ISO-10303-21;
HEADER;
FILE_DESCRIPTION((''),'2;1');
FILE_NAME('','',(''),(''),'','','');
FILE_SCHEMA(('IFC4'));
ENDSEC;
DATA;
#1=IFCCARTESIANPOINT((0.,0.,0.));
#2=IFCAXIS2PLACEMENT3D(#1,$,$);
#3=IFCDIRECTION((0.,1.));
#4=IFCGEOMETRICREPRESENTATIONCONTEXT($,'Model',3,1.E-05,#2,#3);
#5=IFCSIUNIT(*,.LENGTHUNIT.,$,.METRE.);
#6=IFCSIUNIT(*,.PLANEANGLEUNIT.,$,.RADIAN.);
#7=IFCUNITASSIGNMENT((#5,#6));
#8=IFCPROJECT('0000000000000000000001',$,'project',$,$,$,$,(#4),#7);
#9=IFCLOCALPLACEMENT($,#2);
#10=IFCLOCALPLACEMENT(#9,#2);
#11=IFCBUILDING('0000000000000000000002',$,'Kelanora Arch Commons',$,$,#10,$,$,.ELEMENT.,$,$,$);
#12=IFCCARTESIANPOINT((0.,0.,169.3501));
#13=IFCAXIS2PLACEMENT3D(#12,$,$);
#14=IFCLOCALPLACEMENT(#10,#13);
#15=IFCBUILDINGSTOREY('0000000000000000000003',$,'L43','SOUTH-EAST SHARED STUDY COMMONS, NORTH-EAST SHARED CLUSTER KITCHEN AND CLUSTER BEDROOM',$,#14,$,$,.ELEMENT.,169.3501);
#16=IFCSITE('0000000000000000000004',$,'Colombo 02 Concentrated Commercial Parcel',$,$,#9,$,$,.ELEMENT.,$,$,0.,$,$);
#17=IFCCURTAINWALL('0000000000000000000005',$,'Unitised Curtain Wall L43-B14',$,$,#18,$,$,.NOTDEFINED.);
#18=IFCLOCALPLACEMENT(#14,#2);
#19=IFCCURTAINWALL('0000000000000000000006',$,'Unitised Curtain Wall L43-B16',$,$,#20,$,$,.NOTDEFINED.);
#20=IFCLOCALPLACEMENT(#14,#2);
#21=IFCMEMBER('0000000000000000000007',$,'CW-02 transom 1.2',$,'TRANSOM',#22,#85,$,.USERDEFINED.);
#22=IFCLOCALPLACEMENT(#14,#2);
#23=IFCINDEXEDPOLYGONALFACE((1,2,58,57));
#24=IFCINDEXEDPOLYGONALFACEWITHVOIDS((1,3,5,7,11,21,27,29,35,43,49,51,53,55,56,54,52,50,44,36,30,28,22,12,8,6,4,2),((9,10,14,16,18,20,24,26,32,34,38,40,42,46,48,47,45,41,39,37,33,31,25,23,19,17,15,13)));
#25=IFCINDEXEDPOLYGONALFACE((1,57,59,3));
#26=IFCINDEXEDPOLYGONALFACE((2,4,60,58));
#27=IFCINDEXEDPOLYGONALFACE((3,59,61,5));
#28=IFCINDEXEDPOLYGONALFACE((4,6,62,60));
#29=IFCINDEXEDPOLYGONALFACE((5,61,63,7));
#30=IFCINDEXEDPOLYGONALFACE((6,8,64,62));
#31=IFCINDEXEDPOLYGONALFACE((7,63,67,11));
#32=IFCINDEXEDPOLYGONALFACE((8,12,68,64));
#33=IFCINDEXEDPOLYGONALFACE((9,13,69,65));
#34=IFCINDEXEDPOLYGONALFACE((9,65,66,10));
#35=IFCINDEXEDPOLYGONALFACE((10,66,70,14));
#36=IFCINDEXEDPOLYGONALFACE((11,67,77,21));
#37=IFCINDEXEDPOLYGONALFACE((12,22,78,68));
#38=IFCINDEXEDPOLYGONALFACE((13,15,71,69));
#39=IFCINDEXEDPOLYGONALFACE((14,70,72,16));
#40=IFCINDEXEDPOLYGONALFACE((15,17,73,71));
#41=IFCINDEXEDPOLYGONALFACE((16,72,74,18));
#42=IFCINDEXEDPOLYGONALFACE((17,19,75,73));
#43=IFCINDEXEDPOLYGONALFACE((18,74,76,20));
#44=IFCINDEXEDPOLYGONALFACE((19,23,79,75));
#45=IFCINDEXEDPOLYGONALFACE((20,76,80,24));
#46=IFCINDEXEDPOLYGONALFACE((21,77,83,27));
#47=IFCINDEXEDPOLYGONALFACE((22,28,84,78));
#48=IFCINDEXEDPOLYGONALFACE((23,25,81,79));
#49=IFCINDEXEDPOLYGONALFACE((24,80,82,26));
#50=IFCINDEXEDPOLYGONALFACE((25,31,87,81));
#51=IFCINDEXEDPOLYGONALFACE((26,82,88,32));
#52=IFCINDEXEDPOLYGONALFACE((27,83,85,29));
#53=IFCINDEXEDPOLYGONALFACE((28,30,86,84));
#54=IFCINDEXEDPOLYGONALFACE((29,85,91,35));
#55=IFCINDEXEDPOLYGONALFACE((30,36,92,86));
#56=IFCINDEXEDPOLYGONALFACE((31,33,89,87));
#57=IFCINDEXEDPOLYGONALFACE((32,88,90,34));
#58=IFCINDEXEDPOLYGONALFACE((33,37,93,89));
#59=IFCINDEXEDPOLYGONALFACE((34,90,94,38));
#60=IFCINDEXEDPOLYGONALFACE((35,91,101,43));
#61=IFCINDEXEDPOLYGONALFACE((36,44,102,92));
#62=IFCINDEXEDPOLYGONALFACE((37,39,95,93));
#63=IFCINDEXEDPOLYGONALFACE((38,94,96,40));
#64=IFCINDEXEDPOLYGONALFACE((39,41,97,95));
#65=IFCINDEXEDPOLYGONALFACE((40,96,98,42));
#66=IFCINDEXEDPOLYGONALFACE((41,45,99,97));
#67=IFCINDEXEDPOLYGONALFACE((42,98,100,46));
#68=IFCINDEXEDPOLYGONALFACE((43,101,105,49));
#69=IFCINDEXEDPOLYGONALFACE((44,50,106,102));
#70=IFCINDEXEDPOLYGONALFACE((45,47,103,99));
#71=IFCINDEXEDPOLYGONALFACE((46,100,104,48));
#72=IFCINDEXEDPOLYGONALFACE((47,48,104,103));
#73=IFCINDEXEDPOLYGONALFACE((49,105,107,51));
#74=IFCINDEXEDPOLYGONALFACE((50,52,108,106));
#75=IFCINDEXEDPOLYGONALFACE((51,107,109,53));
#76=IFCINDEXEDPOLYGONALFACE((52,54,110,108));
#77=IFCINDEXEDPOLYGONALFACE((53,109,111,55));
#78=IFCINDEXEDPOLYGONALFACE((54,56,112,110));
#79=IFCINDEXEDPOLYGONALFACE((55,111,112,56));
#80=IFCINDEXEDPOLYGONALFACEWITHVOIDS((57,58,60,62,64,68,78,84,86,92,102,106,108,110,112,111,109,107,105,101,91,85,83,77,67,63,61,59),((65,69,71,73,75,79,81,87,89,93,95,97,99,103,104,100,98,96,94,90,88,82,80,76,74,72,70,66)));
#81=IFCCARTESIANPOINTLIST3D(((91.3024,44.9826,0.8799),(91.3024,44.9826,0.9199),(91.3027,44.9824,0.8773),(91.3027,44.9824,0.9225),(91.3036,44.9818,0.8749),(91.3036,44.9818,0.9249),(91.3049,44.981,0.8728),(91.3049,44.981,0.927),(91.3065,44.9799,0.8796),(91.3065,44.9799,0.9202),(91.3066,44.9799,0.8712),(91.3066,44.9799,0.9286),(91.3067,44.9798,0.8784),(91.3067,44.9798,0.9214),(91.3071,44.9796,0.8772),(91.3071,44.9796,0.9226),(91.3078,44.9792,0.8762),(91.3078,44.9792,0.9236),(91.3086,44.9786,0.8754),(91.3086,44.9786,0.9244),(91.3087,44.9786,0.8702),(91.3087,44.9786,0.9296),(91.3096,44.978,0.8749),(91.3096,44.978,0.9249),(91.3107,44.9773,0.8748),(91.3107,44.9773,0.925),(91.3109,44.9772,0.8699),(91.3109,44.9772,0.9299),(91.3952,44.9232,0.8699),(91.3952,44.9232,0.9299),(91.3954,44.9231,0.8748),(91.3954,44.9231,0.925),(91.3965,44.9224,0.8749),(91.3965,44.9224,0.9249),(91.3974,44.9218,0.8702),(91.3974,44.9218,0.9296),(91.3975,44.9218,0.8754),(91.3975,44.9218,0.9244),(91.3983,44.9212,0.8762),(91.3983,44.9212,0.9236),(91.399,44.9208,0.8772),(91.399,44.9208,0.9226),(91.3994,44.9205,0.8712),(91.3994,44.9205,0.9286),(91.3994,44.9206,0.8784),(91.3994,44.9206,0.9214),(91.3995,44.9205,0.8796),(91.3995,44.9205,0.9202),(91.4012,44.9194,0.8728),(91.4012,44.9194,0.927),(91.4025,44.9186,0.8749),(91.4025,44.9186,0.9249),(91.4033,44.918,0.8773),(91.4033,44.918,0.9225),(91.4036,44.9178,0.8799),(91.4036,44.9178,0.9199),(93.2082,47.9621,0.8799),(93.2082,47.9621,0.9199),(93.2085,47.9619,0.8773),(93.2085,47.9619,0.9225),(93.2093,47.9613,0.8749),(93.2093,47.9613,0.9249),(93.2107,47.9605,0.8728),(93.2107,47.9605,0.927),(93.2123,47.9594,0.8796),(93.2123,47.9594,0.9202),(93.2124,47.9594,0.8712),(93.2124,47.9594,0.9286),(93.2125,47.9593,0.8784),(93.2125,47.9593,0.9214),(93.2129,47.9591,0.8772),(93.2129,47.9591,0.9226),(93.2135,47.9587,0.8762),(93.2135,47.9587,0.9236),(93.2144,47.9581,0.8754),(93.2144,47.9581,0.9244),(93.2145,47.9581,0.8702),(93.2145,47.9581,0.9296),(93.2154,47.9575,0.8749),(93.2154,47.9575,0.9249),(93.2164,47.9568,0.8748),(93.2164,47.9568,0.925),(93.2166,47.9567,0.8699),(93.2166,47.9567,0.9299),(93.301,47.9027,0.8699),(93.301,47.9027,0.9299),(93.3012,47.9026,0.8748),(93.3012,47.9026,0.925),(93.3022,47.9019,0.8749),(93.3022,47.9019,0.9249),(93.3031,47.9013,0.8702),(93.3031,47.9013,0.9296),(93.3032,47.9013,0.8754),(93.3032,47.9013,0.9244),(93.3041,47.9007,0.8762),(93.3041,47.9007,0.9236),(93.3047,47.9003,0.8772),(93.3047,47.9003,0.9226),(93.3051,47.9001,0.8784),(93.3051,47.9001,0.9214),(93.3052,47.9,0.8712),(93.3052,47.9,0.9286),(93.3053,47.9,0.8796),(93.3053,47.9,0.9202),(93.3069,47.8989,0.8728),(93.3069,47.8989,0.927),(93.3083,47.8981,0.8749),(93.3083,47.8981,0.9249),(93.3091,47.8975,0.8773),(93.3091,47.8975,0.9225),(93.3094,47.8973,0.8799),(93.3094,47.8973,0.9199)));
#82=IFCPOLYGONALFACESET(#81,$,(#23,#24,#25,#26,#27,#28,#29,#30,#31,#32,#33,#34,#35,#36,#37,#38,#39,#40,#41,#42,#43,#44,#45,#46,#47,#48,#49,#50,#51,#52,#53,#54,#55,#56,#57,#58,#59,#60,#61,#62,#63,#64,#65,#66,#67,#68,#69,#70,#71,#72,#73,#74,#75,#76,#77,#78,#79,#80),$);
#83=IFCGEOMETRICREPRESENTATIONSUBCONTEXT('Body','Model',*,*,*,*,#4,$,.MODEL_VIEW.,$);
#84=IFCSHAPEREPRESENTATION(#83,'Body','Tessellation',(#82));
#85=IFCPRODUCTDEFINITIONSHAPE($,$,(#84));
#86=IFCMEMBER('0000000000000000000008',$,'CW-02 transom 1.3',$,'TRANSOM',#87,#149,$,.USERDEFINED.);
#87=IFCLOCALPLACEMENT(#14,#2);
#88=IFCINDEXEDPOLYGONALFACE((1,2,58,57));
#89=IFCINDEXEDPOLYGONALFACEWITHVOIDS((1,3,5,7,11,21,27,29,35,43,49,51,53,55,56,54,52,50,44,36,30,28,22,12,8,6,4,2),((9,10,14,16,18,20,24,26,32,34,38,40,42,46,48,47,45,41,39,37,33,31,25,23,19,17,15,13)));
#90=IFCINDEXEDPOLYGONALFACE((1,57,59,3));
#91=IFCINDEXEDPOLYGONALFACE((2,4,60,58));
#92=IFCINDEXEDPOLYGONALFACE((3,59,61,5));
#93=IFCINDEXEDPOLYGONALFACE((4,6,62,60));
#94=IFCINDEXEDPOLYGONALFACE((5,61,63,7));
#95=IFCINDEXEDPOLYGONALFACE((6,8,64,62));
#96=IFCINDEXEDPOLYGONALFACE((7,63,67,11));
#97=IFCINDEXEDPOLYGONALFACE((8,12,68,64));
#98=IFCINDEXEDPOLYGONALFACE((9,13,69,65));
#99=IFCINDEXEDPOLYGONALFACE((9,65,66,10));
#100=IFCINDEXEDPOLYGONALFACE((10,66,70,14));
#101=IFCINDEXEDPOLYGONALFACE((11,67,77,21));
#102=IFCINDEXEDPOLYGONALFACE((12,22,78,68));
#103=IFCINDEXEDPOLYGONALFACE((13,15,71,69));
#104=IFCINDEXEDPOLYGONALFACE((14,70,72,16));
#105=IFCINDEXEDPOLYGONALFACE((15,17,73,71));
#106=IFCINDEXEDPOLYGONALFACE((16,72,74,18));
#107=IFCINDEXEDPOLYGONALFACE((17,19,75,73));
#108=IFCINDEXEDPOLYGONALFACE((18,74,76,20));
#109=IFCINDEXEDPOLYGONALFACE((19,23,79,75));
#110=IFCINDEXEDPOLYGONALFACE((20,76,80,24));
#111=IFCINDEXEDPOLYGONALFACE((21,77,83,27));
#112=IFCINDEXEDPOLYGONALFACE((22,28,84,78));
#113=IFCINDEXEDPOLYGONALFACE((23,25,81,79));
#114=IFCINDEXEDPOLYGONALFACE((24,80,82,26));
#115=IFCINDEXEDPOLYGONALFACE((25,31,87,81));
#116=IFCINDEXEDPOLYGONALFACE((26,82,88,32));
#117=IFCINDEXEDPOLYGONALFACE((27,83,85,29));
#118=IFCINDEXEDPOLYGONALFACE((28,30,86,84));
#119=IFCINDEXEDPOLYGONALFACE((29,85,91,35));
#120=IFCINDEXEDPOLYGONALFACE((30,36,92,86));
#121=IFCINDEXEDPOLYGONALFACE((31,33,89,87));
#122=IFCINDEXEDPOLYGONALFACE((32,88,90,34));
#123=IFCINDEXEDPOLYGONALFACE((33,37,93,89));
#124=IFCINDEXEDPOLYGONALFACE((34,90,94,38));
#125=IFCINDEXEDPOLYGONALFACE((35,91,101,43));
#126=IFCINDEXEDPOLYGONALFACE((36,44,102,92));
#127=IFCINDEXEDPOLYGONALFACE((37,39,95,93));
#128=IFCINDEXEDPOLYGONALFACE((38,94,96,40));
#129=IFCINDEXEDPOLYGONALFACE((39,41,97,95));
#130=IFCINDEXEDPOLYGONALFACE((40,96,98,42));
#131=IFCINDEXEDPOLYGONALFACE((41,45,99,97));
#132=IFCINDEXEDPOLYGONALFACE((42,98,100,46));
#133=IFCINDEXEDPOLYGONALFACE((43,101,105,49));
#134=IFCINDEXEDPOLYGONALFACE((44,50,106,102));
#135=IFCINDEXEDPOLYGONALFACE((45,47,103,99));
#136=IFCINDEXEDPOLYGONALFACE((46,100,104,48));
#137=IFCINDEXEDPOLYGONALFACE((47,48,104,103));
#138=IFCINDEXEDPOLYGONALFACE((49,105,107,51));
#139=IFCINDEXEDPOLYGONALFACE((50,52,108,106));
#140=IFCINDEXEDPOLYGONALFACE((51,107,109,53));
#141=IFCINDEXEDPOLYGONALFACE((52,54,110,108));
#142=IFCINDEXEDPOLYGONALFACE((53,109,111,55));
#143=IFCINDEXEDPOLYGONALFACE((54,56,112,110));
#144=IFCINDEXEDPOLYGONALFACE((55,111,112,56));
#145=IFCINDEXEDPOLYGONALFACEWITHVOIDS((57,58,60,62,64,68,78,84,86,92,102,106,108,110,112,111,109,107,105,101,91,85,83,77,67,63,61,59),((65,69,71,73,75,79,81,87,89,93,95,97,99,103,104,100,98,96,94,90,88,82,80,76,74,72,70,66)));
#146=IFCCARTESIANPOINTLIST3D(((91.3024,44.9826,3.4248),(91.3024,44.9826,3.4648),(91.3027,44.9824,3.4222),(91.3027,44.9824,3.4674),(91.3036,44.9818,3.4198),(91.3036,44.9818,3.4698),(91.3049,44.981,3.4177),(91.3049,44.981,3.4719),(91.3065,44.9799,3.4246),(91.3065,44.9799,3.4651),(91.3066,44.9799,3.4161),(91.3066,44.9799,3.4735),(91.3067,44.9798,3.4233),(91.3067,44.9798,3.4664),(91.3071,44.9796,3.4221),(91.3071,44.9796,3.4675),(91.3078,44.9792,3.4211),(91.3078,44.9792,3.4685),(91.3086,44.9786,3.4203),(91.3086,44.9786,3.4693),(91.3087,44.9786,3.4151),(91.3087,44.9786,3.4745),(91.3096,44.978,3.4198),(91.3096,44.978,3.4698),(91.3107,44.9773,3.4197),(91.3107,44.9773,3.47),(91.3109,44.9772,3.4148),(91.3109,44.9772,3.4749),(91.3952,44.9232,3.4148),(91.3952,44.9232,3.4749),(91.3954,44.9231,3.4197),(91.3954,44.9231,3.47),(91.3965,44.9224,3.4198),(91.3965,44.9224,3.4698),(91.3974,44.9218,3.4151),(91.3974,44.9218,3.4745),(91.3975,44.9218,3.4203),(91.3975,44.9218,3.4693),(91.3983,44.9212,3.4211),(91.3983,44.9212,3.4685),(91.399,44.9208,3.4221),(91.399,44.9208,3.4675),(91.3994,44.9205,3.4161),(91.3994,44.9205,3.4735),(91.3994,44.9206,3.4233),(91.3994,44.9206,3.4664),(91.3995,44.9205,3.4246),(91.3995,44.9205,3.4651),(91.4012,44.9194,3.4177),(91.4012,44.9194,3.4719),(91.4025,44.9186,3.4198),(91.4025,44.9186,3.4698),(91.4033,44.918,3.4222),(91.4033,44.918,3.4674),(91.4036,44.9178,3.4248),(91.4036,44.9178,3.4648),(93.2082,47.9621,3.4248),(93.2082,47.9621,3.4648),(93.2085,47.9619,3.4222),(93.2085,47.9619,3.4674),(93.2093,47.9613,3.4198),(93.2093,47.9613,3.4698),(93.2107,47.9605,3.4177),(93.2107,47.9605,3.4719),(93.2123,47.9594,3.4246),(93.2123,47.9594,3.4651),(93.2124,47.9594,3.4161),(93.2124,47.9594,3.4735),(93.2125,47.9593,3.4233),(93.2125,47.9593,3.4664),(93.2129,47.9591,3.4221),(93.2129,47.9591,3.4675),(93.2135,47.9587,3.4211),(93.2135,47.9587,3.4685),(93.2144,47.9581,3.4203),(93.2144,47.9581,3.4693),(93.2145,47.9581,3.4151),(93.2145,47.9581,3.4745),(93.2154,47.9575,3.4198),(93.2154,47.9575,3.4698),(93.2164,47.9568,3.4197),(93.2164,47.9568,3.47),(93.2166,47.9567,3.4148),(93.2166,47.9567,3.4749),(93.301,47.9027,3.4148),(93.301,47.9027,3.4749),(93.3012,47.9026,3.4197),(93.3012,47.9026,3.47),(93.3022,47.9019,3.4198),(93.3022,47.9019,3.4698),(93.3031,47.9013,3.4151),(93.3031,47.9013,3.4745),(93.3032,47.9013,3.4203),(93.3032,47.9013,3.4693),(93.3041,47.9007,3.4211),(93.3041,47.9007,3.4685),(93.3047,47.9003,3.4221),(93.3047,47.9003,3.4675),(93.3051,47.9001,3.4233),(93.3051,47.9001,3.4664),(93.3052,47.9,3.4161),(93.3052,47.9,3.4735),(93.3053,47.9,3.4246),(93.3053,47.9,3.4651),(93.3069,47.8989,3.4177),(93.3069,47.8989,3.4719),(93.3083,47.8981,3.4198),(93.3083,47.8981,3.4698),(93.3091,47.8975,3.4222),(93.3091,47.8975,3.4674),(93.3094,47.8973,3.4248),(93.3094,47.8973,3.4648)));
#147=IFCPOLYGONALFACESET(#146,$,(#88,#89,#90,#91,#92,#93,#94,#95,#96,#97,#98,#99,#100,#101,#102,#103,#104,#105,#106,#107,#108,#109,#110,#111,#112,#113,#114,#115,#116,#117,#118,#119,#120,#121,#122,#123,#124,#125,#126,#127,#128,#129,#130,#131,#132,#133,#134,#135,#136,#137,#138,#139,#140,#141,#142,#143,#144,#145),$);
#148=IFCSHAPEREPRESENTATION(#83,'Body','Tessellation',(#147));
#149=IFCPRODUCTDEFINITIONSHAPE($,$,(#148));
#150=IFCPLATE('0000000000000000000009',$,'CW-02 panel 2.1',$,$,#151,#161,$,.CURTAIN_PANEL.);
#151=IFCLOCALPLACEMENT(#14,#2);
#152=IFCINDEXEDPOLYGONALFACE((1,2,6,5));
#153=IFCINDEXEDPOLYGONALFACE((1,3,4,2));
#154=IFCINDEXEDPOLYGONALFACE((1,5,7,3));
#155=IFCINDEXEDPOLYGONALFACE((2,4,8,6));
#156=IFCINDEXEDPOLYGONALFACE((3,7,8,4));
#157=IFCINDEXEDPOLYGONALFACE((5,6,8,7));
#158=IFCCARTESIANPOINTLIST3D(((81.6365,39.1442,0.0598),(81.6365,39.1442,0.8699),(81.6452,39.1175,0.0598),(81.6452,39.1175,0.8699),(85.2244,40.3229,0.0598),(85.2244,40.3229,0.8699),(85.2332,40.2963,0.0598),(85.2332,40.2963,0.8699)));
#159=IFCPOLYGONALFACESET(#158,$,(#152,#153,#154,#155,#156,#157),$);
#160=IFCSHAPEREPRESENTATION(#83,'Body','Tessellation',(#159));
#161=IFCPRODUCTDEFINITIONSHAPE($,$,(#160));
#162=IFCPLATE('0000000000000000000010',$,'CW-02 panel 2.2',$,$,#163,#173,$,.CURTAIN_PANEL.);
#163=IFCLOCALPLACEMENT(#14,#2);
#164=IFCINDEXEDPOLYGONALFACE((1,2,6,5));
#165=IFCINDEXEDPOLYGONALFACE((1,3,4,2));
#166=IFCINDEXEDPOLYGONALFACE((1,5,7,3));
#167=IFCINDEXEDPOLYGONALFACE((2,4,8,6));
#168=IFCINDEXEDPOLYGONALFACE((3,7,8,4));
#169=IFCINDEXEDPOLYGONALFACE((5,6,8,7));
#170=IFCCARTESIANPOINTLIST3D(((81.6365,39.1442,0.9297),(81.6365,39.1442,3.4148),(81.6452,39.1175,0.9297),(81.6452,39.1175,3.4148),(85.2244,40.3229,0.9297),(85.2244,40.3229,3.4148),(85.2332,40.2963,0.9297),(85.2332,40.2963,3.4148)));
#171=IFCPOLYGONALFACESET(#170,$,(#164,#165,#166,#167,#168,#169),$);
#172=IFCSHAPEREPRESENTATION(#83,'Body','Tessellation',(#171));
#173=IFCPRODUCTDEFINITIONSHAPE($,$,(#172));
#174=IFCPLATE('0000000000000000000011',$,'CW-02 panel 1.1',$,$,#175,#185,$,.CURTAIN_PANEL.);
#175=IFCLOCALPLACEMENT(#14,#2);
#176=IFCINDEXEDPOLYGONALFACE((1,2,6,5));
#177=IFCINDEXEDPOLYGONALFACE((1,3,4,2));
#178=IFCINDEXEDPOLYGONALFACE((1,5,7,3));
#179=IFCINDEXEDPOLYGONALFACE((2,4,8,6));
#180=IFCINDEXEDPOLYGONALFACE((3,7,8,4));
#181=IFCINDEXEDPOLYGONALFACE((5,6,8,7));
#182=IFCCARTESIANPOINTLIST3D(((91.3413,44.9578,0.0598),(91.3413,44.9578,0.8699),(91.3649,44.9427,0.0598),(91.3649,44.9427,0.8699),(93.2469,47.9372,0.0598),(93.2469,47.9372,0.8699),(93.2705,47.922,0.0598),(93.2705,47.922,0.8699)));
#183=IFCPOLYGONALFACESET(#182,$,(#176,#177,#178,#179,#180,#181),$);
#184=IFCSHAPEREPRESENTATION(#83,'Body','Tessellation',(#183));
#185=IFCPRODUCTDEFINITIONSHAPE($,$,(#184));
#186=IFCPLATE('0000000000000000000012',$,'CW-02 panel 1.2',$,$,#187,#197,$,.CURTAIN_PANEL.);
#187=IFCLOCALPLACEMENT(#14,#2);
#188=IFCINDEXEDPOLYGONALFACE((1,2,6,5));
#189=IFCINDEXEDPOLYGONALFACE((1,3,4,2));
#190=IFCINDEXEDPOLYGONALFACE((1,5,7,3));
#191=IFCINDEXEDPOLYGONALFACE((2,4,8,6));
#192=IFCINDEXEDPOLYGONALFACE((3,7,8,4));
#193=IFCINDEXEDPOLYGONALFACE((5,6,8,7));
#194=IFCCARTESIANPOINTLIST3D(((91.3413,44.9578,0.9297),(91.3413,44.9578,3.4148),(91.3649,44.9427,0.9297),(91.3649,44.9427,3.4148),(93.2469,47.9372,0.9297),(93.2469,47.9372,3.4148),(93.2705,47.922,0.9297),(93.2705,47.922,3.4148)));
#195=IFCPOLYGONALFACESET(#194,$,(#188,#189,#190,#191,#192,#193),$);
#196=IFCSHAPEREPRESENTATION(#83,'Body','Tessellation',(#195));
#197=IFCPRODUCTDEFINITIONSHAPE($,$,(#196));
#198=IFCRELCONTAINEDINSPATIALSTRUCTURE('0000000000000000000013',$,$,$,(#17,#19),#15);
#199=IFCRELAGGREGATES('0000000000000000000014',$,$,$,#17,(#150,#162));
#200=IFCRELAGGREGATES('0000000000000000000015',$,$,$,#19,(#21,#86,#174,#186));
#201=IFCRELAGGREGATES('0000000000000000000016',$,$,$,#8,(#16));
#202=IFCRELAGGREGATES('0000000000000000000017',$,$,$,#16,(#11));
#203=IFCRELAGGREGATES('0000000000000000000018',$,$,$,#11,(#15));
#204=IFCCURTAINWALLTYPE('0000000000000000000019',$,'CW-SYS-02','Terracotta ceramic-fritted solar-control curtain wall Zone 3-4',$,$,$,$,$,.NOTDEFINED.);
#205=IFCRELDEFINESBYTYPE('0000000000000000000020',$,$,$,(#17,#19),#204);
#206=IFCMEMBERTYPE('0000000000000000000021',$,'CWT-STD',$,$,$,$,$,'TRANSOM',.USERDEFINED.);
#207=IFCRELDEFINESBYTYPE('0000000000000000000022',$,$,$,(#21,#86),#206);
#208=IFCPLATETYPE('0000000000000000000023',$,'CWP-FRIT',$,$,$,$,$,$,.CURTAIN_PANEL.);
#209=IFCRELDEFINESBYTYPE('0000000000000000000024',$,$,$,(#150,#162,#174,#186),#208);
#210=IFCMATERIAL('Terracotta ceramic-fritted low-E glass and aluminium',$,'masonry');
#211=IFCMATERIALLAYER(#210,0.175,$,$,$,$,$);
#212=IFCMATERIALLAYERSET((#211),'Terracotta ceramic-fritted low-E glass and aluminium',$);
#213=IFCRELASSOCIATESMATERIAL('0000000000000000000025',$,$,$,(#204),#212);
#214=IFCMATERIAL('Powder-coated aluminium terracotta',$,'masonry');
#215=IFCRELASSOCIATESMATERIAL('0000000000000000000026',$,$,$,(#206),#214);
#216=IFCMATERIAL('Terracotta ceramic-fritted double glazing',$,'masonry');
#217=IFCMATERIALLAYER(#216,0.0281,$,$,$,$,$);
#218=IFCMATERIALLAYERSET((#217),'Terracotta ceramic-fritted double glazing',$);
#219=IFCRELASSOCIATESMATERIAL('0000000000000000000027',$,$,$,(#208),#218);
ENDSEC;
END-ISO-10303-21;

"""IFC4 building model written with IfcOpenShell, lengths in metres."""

from ifc_helpers import new_model, si_unit, direction, frame, origin, origin_2d, place, context, subcontext, project, spatial, rectangle, hollow_rectangle, extrude, source, transform, mapped, material, layer, layer_set, material_profile, profile_set, type_object, element, aggregate, save


model = new_model("IFC4")

# Units and contexts
model_context = context("Model", 3, precision=1e-05, world=origin(), true_north=direction((0.0, 1.0)))
body_context = subcontext(model_context, "Body", "Model", "MODEL_VIEW")
ifc_project = project(units=[si_unit("LENGTHUNIT", "METRE"), si_unit("PLANEANGLEUNIT", "RADIAN")], contexts=[model_context])

# Site, building, storey
site_placement = place(None, origin())
site = spatial("IfcSite", under=ifc_project, at=site_placement, Name="Colombo 02 Concentrated Commercial Parcel", CompositionType="ELEMENT", RefElevation=0.0)
building_placement = place(site_placement, origin())
building = spatial("IfcBuilding", under=site, at=building_placement, Name="Kelanora Arch Commons", CompositionType="ELEMENT")
storey_placement = place(building_placement, frame((0.0, 0.0, 169.3501)))
storey = spatial("IfcBuildingStorey", under=building, at=storey_placement, Name="L43", Description="SOUTH-EAST SHARED STUDY COMMONS, NORTH-EAST SHARED CLUSTER KITCHEN AND CLUSTER BEDROOM", CompositionType="ELEMENT", Elevation=169.3501)

# Curtain wall
ifc_material_1 = material(Name="Terracotta ceramic-fritted low-E glass and aluminium", Category="masonry")
ifc_layer_1 = layer(ifc_material_1, 0.175)
ifc_layer_set_1 = layer_set([ifc_layer_1], Name="Terracotta ceramic-fritted low-E glass and aluminium")
curtain_wall_type = type_object("IfcCurtainWallType", Name="CW-SYS-02", Description="Terracotta ceramic-fritted solar-control curtain wall Zone 3-4", PredefinedType="NOTDEFINED", material=ifc_layer_set_1)
curtain_wall_1_placement = place(storey_placement, origin())
curtain_wall_1 = element("IfcCurtainWall", 1, at=curtain_wall_1_placement, inside=storey, type_object=curtain_wall_type, Name="Unitised Curtain Wall L43-B14", PredefinedType="NOTDEFINED")
ifc_material_2 = material(Name="Powder-coated aluminium terracotta", Category="masonry")

# Curtain wall, members
curtain_wall_2_placement = place(storey_placement, origin())
curtain_wall_2 = element("IfcCurtainWall", 2, at=curtain_wall_2_placement, inside=storey, type_object=curtain_wall_type, Name="Unitised Curtain Wall L43-B16", PredefinedType="NOTDEFINED")
ifc_material_profile_1 = material_profile(ifc_material_2, hollow_rectangle(XDim=0.1201, YDim=0.0601, WallThickness=0.0049, InnerFilletRadius=0.0049, OuterFilletRadius=0.01, at=origin_2d()), Name="CWT120x60")
ifc_profile_set_1 = profile_set([ifc_material_profile_1], Name="Powder-coated aluminium terracotta")
member_type_1 = type_object("IfcMemberType", Name="CWT-STD", ElementType="TRANSOM", PredefinedType="USERDEFINED", material=ifc_profile_set_1)
member_1_placement = place(storey_placement, frame((91.353, 44.9502, 0.8999), z_axis=(0.53883, 0.842414, 0.0), x_axis=(-0.842414, 0.53883, 0.0)))
member_1 = element("IfcMember", 3, at=member_1_placement, type_object=member_type_1, Name="CW-02 transom 1.2", ObjectType="TRANSOM", PredefinedType="USERDEFINED", context=body_context, shape_type="SweptSolid", body=[
    extrude(hollow_rectangle(XDim=0.1201, YDim=0.0601, WallThickness=0.0049, InnerFilletRadius=0.0049, OuterFilletRadius=0.01, at=origin_2d()), origin(), (0.0, 0.0, 1.0), 3.5369),
])
member_2_placement = place(storey_placement, frame((91.353, 44.9502, 3.4448), z_axis=(0.53883, 0.842414, 0.0), x_axis=(-0.842414, 0.53883, 0.0)))
member_2 = element("IfcMember", 4, at=member_2_placement, type_object=member_type_1, Name="CW-02 transom 1.3", ObjectType="TRANSOM", PredefinedType="USERDEFINED", context=body_context, shape_type="SweptSolid", body=[
    extrude(hollow_rectangle(XDim=0.1201, YDim=0.0601, WallThickness=0.0049, InnerFilletRadius=0.0049, OuterFilletRadius=0.01, at=origin_2d()), origin(), (0.0, 0.0, 1.0), 3.5369),
])

# Plates
ifc_material_3 = material(Name="Terracotta ceramic-fritted double glazing", Category="masonry")
ifc_layer_2 = layer(ifc_material_3, 0.0281)
ifc_layer_set_2 = layer_set([ifc_layer_2], Name="Terracotta ceramic-fritted double glazing")
plate_type = type_object("IfcPlateType", Name="CWP-FRIT", PredefinedType="CURTAIN_PANEL", material=ifc_layer_set_2)
shared_shape_1 = source(origin(), body_context, "Body", "SweptSolid", [
    extrude(rectangle(XDim=3.7766, YDim=0.0281, at=origin_2d()), origin(), (0.0, 0.0, 1.0), 0.8101),
])
plate_1_placement = place(storey_placement, frame((83.4348, 39.7202, 0.0598), z_axis=(0.0, 0.0, 1.0), x_axis=(0.95004, 0.312128, 0.0)))
plate_1 = element("IfcPlate", 5, at=plate_1_placement, type_object=plate_type, Name="CW-02 panel 2.1", PredefinedType="CURTAIN_PANEL", context=body_context, shape_type="MappedRepresentation", body=[
    mapped(shared_shape_1, transform((0.0, 0.0, 0.0), scale=1.0)),
])
shared_shape_2 = source(origin(), body_context, "Body", "SweptSolid", [
    extrude(rectangle(XDim=3.7766, YDim=0.0281, at=origin_2d()), origin(), (0.0, 0.0, 1.0), 2.4851),
])
plate_2_placement = place(storey_placement, frame((83.4348, 39.7202, 0.9297), z_axis=(0.0, 0.0, 1.0), x_axis=(0.95004, 0.312128, 0.0)))
plate_2 = element("IfcPlate", 6, at=plate_2_placement, type_object=plate_type, Name="CW-02 panel 2.2", PredefinedType="CURTAIN_PANEL", context=body_context, shape_type="MappedRepresentation", body=[
    mapped(shared_shape_2, transform((0.0, 0.0, 0.0), scale=1.0)),
])
aggregate(curtain_wall_1, [plate_1, plate_2])
shared_shape_3 = source(origin(), body_context, "Body", "SweptSolid", [
    extrude(rectangle(XDim=3.5366, YDim=0.0281, at=origin_2d()), origin(), (0.0, 0.0, 1.0), 0.8101),
])
plate_3_placement = place(storey_placement, frame((92.3059, 46.4399, 0.0598), z_axis=(0.0, 0.0, 1.0), x_axis=(0.538817, 0.842423, 0.0)))
plate_3 = element("IfcPlate", 7, at=plate_3_placement, type_object=plate_type, Name="CW-02 panel 1.1", PredefinedType="CURTAIN_PANEL", context=body_context, shape_type="MappedRepresentation", body=[
    mapped(shared_shape_3, transform((0.0, 0.0, 0.0), scale=1.0)),
])
shared_shape_4 = source(origin(), body_context, "Body", "SweptSolid", [
    extrude(rectangle(XDim=3.5366, YDim=0.0281, at=origin_2d()), origin(), (0.0, 0.0, 1.0), 2.4851),
])
plate_4_placement = place(storey_placement, frame((92.3059, 46.4399, 0.9297), z_axis=(0.0, 0.0, 1.0), x_axis=(0.538817, 0.842423, 0.0)))
plate_4 = element("IfcPlate", 8, at=plate_4_placement, type_object=plate_type, Name="CW-02 panel 1.2", PredefinedType="CURTAIN_PANEL", context=body_context, shape_type="MappedRepresentation", body=[
    mapped(shared_shape_4, transform((0.0, 0.0, 0.0), scale=1.0)),
])
aggregate(curtain_wall_2, [member_1, member_2, plate_3, plate_4])

save(model, "model.ifc")
